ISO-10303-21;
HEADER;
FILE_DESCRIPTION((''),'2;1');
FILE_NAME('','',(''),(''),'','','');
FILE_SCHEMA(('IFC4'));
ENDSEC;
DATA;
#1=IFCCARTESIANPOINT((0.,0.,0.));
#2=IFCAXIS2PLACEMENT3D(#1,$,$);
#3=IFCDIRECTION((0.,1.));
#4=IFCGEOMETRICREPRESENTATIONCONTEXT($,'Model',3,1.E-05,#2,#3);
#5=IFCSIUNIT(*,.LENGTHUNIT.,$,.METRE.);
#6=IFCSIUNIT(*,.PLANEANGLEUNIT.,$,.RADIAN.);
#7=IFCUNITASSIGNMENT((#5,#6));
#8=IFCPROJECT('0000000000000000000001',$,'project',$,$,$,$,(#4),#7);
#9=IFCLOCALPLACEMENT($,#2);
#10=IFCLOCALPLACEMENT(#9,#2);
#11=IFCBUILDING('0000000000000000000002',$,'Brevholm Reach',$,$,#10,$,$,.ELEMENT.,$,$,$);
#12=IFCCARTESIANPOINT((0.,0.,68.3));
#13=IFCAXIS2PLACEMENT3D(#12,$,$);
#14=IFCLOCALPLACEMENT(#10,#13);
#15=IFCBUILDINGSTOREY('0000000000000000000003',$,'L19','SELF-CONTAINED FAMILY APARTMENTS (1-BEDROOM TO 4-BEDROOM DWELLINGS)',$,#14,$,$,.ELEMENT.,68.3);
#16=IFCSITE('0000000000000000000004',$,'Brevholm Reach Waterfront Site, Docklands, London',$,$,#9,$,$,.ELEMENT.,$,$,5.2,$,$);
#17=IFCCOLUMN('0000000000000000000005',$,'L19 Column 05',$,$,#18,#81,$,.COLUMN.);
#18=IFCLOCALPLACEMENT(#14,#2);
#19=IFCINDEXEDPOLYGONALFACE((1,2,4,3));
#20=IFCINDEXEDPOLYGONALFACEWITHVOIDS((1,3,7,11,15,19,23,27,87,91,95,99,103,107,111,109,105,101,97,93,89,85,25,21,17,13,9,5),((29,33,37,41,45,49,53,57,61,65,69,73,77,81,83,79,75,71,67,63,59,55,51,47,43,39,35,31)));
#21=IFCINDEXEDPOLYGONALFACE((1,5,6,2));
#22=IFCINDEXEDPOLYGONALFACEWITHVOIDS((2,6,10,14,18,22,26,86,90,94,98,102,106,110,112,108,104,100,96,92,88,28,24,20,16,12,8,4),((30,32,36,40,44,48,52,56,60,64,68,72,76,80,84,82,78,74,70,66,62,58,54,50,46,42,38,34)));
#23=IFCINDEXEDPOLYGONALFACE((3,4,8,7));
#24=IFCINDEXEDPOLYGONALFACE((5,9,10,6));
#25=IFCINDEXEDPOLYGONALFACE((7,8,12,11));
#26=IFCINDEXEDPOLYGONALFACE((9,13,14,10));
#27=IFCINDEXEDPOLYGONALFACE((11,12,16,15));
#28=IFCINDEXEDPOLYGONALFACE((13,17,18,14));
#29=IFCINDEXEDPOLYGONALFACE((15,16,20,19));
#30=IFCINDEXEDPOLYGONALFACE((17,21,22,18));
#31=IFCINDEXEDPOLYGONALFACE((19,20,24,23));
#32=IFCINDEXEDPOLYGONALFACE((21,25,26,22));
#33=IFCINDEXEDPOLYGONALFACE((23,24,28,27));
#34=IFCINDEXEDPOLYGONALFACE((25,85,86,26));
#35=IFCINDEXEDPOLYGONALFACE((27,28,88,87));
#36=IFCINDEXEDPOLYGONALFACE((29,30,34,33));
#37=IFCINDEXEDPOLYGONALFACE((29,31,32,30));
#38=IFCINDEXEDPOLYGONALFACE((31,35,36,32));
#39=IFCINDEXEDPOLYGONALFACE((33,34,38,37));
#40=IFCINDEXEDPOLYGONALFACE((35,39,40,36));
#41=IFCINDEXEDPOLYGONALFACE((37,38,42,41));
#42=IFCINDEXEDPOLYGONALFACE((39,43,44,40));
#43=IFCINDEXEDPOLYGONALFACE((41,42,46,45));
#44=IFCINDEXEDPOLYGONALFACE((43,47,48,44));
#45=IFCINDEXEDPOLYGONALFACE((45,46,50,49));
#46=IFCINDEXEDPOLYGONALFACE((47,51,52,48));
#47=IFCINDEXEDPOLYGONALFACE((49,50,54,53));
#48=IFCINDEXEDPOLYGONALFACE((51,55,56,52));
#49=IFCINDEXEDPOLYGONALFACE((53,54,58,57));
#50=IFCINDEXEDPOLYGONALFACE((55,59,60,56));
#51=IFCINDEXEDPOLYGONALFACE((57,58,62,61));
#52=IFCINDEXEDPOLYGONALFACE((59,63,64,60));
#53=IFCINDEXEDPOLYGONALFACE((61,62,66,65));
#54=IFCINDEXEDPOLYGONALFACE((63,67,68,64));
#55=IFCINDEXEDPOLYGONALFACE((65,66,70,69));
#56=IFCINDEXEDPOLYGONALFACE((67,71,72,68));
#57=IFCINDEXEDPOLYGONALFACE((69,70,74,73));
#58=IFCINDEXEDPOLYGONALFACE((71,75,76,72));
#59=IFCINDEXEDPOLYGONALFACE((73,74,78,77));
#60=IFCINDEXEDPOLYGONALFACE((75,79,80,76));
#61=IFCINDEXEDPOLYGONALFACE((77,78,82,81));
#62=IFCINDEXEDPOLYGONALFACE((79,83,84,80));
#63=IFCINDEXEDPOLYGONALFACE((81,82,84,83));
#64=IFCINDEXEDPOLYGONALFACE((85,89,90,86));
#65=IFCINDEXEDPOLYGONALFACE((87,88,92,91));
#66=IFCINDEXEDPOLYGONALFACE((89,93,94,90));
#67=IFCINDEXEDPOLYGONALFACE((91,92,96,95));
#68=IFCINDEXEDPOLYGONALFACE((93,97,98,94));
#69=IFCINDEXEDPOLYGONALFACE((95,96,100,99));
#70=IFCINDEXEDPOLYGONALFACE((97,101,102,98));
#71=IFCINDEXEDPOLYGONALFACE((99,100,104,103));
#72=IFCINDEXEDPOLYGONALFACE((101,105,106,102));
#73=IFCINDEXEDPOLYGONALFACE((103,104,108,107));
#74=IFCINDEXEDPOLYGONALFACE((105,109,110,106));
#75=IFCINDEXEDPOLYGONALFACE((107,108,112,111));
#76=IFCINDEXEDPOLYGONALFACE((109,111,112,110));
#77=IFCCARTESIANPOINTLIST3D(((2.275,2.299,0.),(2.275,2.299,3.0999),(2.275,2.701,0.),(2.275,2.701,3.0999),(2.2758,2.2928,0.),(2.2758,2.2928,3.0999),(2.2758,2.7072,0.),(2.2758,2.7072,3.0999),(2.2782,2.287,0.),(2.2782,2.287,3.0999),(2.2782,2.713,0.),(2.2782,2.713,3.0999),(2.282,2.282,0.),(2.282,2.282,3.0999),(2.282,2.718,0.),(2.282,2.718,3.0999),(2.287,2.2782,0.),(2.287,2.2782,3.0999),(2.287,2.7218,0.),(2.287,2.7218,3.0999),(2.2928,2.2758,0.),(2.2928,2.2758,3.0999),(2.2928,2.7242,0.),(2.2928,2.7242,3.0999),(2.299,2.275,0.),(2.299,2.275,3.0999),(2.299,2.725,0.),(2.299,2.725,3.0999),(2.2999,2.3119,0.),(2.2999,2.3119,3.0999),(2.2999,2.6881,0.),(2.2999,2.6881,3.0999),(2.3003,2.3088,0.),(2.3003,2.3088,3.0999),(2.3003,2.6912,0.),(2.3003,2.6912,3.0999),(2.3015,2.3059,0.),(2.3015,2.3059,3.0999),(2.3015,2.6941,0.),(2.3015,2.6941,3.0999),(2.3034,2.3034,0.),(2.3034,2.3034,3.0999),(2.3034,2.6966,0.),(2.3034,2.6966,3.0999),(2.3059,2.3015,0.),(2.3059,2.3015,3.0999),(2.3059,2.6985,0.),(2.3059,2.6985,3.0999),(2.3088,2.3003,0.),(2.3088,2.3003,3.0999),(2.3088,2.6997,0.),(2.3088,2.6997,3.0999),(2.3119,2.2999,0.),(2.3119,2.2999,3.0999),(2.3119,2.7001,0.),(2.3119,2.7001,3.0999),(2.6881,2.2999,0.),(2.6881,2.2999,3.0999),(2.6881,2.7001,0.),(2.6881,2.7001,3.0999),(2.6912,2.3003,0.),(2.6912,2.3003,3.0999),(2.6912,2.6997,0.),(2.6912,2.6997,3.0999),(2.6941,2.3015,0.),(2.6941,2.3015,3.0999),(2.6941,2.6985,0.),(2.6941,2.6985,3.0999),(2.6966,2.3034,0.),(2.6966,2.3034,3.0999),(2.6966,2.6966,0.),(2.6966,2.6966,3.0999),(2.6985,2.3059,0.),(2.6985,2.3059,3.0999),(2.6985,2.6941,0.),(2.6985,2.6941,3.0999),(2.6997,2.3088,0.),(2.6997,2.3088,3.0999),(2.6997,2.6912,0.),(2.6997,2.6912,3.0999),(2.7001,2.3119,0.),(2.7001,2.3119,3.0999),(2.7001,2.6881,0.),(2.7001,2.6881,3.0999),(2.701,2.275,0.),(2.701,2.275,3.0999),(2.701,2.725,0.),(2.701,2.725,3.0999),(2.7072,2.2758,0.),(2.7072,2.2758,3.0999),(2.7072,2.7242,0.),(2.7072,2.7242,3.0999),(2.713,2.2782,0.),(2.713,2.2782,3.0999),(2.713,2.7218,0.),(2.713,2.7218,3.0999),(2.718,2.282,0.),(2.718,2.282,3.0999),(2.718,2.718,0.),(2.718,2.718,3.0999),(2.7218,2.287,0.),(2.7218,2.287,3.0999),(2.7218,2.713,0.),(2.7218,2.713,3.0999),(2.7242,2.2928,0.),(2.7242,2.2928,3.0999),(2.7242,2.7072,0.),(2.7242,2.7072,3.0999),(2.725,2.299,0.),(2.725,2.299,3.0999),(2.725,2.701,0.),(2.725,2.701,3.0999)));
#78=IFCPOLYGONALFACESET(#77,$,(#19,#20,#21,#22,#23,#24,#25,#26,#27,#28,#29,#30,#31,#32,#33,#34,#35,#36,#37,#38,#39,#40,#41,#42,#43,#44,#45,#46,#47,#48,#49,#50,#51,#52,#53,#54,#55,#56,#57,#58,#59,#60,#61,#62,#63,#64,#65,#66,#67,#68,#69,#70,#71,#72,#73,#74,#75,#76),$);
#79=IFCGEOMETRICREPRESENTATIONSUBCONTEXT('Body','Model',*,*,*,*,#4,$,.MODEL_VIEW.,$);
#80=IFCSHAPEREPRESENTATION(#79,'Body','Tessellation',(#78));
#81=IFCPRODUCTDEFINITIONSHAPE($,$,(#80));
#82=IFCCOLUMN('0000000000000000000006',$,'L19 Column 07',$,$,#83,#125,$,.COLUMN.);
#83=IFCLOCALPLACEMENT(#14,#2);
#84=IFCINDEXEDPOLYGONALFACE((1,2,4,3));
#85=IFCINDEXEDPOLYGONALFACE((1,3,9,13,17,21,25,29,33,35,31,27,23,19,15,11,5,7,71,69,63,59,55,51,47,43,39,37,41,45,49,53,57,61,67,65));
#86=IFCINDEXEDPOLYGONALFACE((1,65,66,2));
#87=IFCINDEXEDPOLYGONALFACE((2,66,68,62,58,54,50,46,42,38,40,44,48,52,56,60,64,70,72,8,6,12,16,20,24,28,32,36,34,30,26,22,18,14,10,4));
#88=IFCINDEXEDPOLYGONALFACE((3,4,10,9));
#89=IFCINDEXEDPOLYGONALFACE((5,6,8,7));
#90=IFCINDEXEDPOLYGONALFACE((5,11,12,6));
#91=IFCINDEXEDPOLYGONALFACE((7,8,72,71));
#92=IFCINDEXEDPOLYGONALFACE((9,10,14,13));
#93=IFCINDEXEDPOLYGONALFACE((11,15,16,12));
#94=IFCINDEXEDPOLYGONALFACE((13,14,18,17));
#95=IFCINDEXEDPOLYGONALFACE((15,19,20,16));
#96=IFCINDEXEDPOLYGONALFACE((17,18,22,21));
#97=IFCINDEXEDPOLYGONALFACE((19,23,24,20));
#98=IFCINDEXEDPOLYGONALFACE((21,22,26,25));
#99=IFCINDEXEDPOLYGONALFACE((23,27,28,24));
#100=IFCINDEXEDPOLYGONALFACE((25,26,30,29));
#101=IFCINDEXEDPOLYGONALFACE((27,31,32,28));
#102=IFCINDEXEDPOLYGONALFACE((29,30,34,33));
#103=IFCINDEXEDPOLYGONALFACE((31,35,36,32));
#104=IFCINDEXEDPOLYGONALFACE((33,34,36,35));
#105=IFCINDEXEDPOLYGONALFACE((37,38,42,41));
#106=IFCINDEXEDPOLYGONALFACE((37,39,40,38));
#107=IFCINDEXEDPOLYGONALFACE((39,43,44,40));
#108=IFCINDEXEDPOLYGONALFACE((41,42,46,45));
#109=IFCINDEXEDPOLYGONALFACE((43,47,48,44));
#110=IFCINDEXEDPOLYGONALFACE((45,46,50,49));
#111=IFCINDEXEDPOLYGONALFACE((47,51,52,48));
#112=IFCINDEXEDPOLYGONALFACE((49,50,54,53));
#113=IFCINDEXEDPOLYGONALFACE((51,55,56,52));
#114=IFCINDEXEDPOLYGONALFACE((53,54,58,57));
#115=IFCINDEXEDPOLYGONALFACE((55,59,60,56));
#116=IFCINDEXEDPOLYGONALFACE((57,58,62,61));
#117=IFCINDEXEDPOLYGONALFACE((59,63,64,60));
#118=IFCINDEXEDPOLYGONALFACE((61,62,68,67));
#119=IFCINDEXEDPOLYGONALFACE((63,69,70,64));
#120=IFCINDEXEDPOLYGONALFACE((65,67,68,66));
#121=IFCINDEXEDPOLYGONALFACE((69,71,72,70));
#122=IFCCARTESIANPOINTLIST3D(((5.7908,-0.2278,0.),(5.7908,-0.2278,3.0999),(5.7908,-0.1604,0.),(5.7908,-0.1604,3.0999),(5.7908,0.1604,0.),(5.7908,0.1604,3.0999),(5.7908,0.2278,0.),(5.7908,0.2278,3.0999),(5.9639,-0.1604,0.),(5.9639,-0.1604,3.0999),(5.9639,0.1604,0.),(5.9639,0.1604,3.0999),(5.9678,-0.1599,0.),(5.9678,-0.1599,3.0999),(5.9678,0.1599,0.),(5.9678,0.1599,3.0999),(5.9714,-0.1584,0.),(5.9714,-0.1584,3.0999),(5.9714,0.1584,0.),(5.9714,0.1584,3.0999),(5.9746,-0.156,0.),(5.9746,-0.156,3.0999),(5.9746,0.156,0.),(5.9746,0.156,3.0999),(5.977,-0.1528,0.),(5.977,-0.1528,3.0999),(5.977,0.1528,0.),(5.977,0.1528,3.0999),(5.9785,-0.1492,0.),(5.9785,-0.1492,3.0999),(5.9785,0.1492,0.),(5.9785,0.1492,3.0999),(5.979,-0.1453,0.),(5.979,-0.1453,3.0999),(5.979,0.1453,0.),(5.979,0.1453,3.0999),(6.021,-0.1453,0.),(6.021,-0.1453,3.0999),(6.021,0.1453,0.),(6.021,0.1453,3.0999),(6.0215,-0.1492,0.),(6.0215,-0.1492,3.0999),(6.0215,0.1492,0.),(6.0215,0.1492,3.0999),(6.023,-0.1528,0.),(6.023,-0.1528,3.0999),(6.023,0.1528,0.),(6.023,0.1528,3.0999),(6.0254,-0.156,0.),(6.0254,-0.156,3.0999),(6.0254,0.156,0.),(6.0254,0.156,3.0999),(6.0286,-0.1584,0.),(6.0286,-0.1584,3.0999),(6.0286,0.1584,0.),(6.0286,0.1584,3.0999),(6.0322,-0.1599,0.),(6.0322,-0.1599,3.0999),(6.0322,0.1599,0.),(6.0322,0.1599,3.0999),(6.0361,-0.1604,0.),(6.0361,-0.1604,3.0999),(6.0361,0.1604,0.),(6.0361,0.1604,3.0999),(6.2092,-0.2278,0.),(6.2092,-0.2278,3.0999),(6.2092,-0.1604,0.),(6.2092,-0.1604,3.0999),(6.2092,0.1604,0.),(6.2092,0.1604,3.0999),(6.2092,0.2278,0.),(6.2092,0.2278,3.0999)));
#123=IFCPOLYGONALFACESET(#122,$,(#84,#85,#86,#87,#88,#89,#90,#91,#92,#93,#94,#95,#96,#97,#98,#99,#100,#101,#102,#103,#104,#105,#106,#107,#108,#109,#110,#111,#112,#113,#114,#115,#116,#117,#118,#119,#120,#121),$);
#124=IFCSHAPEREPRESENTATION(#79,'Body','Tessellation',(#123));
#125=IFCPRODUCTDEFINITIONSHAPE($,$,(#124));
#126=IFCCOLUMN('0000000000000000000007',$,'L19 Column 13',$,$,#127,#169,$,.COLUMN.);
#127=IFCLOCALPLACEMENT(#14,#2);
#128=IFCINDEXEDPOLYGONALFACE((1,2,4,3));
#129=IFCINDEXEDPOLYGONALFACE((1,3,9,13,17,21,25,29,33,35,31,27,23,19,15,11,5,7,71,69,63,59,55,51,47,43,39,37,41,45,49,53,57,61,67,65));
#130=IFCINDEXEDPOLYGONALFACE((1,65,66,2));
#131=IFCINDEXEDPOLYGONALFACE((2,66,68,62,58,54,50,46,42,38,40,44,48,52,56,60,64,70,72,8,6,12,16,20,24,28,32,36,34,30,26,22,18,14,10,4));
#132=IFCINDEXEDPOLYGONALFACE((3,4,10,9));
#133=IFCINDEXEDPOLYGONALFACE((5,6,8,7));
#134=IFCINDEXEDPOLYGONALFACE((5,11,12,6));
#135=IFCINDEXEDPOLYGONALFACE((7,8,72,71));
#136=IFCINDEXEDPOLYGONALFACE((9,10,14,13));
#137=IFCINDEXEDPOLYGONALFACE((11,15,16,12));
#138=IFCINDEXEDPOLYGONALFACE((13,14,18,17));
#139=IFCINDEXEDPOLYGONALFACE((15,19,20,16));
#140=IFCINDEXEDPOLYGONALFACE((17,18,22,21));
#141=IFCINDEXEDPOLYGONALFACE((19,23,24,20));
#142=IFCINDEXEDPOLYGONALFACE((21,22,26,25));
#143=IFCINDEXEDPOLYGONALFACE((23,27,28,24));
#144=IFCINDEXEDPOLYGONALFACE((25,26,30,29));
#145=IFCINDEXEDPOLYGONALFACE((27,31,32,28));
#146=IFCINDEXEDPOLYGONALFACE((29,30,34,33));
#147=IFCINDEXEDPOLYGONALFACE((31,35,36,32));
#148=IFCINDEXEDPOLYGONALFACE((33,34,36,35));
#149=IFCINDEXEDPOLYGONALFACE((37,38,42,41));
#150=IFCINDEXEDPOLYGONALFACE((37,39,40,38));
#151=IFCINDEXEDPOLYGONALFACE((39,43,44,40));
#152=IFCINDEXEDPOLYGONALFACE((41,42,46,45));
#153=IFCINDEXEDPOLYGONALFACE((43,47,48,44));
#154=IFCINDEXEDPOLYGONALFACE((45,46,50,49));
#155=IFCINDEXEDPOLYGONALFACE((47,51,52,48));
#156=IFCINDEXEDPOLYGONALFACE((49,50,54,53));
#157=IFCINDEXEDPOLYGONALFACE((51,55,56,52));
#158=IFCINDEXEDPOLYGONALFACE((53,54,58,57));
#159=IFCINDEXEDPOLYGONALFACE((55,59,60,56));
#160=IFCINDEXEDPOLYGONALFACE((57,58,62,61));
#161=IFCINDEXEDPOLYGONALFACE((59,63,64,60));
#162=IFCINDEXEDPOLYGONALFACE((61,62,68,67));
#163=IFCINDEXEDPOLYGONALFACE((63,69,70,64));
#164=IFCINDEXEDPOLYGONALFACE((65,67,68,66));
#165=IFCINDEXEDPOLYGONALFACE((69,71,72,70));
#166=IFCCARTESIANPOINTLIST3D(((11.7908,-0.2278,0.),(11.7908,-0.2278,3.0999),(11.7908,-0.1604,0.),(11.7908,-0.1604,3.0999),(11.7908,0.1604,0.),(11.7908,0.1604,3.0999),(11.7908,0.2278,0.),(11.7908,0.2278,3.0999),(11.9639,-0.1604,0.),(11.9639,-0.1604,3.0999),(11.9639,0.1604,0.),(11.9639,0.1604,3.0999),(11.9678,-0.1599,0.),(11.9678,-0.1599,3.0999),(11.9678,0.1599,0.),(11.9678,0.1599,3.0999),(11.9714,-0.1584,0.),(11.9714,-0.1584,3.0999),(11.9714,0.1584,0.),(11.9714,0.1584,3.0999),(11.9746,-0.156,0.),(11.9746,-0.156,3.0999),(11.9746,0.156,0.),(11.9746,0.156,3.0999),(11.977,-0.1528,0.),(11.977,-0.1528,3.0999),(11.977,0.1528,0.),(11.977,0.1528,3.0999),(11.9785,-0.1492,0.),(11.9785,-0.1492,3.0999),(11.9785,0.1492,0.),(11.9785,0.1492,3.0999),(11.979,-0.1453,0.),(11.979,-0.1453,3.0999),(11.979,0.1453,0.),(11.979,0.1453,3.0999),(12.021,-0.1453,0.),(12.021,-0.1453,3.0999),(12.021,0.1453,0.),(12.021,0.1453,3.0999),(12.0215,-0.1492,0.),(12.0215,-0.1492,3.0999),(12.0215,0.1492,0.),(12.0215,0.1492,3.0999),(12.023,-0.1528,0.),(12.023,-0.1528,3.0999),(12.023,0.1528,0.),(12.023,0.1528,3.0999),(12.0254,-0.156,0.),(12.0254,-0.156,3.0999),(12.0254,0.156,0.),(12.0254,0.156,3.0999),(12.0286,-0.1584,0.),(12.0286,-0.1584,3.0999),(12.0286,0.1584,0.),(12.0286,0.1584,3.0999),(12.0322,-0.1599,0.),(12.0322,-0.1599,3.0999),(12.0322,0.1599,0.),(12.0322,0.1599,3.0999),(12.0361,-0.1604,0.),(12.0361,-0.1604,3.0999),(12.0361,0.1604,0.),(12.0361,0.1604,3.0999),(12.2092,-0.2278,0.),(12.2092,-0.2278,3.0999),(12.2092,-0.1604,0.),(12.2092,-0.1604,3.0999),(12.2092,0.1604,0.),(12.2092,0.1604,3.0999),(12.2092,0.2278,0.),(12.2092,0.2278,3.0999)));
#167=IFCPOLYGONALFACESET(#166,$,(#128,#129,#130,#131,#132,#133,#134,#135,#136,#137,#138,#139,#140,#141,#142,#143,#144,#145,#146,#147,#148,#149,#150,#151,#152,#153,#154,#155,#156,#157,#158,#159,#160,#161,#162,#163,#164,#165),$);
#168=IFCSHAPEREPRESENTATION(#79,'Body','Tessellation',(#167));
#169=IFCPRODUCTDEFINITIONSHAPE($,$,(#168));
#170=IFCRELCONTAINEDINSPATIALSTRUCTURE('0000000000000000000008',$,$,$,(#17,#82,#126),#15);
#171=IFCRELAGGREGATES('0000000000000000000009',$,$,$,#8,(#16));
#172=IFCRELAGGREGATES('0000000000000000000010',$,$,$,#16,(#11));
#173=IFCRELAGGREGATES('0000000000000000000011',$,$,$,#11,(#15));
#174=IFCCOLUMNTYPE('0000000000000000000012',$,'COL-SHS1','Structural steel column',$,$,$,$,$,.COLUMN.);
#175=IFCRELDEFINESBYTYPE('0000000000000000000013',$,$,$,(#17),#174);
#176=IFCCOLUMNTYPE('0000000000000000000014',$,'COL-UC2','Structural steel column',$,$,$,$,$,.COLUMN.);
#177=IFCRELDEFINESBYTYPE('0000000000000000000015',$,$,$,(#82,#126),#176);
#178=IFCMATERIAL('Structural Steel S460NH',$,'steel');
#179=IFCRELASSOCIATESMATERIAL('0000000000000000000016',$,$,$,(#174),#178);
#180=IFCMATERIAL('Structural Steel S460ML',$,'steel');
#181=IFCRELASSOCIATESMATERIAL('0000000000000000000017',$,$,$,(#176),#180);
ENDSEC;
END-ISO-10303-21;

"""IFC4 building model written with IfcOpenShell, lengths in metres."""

from ifc_helpers import new_model, si_unit, direction, frame, origin, origin_2d, place, context, subcontext, project, spatial, hollow_rectangle, i_section, extrude, material, material_profile, profile_set, type_object, element, save


model = new_model("IFC4")

# Units and contexts
model_context = context("Model", 3, precision=1e-05, world=origin(), true_north=direction((0.0, 1.0)))
body_context = subcontext(model_context, "Body", "Model", "MODEL_VIEW")
ifc_project = project(units=[si_unit("LENGTHUNIT", "METRE"), si_unit("PLANEANGLEUNIT", "RADIAN")], contexts=[model_context])

# Site, building, storey
site_placement = place(None, origin())
site = spatial("IfcSite", under=ifc_project, at=site_placement, Name="Brevholm Reach Waterfront Site, Docklands, London", CompositionType="ELEMENT", RefElevation=5.2)
building_placement = place(site_placement, origin())
building = spatial("IfcBuilding", under=site, at=building_placement, Name="Brevholm Reach", CompositionType="ELEMENT")
storey_placement = place(building_placement, frame((0.0, 0.0, 68.3)))
storey = spatial("IfcBuildingStorey", under=building, at=storey_placement, Name="L19", Description="SELF-CONTAINED FAMILY APARTMENTS (1-BEDROOM TO 4-BEDROOM DWELLINGS)", CompositionType="ELEMENT", Elevation=68.3)

# Columns
ifc_material_1 = material(Name="Structural Steel S460NH", Category="steel")
ifc_material_profile_1 = material_profile(ifc_material_1, hollow_rectangle(XDim=0.45, YDim=0.45, WallThickness=0.0249, InnerFilletRadius=0.012, OuterFilletRadius=0.0239, at=origin_2d()), Name="SHS 450x450x25")
ifc_profile_set_1 = profile_set([ifc_material_profile_1], Name="Structural Steel S460NH")
column_type_1 = type_object("IfcColumnType", Name="COL-SHS1", Description="Structural steel column", PredefinedType="COLUMN", material=ifc_profile_set_1)
column_placement = place(storey_placement, frame((2.5, 2.5, 0.0), z_axis=(0.0, 0.0, 1.0), x_axis=(1.0, 0.0, 0.0)))
element("IfcColumn", 1, at=column_placement, inside=storey, type_object=column_type_1, Name="L19 Column 05", PredefinedType="COLUMN", context=body_context, shape_type="SweptSolid", body=[
    extrude(hollow_rectangle(XDim=0.45, YDim=0.45, WallThickness=0.0249, InnerFilletRadius=0.012, OuterFilletRadius=0.0239, at=origin_2d()), origin(), (0.0, 0.0, 1.0), 3.0999),
])
ifc_material_2 = material(Name="Structural Steel S460ML", Category="steel")
ifc_material_profile_2 = material_profile(ifc_material_2, i_section(OverallWidth=0.4185, OverallDepth=0.4556, WebThickness=0.042, FlangeThickness=0.0674, FilletRadius=0.0151, at=origin_2d()), Name="UKC 356x406x551")
ifc_profile_set_2 = profile_set([ifc_material_profile_2], Name="Structural Steel S460ML")
column_type_2 = type_object("IfcColumnType", Name="COL-UC2", Description="Structural steel column", PredefinedType="COLUMN", material=ifc_profile_set_2)
for number, where, z_axis, x_axis, name in (
    (2, (6.0, 0.0, 0.0), (0.0, 0.0, 1.0), (1.0, 0.0, 0.0), "L19 Column 07"),
    (3, (12.0, 0.0, 0.0), (0.0, 0.0, 1.0), (1.0, 0.0, 0.0), "L19 Column 13"),
):
    element("IfcColumn", number, at=place(storey_placement, frame(where, z_axis=z_axis, x_axis=x_axis)), inside=storey, type_object=column_type_2, Name=name, PredefinedType="COLUMN", context=body_context, shape_type="SweptSolid", body=[
        extrude(i_section(OverallWidth=0.4185, OverallDepth=0.4556, WebThickness=0.042, FlangeThickness=0.0674, FilletRadius=0.0151, at=origin_2d()), origin(), (0.0, 0.0, 1.0), 3.0999),
    ])

save(model, "model.ifc")
